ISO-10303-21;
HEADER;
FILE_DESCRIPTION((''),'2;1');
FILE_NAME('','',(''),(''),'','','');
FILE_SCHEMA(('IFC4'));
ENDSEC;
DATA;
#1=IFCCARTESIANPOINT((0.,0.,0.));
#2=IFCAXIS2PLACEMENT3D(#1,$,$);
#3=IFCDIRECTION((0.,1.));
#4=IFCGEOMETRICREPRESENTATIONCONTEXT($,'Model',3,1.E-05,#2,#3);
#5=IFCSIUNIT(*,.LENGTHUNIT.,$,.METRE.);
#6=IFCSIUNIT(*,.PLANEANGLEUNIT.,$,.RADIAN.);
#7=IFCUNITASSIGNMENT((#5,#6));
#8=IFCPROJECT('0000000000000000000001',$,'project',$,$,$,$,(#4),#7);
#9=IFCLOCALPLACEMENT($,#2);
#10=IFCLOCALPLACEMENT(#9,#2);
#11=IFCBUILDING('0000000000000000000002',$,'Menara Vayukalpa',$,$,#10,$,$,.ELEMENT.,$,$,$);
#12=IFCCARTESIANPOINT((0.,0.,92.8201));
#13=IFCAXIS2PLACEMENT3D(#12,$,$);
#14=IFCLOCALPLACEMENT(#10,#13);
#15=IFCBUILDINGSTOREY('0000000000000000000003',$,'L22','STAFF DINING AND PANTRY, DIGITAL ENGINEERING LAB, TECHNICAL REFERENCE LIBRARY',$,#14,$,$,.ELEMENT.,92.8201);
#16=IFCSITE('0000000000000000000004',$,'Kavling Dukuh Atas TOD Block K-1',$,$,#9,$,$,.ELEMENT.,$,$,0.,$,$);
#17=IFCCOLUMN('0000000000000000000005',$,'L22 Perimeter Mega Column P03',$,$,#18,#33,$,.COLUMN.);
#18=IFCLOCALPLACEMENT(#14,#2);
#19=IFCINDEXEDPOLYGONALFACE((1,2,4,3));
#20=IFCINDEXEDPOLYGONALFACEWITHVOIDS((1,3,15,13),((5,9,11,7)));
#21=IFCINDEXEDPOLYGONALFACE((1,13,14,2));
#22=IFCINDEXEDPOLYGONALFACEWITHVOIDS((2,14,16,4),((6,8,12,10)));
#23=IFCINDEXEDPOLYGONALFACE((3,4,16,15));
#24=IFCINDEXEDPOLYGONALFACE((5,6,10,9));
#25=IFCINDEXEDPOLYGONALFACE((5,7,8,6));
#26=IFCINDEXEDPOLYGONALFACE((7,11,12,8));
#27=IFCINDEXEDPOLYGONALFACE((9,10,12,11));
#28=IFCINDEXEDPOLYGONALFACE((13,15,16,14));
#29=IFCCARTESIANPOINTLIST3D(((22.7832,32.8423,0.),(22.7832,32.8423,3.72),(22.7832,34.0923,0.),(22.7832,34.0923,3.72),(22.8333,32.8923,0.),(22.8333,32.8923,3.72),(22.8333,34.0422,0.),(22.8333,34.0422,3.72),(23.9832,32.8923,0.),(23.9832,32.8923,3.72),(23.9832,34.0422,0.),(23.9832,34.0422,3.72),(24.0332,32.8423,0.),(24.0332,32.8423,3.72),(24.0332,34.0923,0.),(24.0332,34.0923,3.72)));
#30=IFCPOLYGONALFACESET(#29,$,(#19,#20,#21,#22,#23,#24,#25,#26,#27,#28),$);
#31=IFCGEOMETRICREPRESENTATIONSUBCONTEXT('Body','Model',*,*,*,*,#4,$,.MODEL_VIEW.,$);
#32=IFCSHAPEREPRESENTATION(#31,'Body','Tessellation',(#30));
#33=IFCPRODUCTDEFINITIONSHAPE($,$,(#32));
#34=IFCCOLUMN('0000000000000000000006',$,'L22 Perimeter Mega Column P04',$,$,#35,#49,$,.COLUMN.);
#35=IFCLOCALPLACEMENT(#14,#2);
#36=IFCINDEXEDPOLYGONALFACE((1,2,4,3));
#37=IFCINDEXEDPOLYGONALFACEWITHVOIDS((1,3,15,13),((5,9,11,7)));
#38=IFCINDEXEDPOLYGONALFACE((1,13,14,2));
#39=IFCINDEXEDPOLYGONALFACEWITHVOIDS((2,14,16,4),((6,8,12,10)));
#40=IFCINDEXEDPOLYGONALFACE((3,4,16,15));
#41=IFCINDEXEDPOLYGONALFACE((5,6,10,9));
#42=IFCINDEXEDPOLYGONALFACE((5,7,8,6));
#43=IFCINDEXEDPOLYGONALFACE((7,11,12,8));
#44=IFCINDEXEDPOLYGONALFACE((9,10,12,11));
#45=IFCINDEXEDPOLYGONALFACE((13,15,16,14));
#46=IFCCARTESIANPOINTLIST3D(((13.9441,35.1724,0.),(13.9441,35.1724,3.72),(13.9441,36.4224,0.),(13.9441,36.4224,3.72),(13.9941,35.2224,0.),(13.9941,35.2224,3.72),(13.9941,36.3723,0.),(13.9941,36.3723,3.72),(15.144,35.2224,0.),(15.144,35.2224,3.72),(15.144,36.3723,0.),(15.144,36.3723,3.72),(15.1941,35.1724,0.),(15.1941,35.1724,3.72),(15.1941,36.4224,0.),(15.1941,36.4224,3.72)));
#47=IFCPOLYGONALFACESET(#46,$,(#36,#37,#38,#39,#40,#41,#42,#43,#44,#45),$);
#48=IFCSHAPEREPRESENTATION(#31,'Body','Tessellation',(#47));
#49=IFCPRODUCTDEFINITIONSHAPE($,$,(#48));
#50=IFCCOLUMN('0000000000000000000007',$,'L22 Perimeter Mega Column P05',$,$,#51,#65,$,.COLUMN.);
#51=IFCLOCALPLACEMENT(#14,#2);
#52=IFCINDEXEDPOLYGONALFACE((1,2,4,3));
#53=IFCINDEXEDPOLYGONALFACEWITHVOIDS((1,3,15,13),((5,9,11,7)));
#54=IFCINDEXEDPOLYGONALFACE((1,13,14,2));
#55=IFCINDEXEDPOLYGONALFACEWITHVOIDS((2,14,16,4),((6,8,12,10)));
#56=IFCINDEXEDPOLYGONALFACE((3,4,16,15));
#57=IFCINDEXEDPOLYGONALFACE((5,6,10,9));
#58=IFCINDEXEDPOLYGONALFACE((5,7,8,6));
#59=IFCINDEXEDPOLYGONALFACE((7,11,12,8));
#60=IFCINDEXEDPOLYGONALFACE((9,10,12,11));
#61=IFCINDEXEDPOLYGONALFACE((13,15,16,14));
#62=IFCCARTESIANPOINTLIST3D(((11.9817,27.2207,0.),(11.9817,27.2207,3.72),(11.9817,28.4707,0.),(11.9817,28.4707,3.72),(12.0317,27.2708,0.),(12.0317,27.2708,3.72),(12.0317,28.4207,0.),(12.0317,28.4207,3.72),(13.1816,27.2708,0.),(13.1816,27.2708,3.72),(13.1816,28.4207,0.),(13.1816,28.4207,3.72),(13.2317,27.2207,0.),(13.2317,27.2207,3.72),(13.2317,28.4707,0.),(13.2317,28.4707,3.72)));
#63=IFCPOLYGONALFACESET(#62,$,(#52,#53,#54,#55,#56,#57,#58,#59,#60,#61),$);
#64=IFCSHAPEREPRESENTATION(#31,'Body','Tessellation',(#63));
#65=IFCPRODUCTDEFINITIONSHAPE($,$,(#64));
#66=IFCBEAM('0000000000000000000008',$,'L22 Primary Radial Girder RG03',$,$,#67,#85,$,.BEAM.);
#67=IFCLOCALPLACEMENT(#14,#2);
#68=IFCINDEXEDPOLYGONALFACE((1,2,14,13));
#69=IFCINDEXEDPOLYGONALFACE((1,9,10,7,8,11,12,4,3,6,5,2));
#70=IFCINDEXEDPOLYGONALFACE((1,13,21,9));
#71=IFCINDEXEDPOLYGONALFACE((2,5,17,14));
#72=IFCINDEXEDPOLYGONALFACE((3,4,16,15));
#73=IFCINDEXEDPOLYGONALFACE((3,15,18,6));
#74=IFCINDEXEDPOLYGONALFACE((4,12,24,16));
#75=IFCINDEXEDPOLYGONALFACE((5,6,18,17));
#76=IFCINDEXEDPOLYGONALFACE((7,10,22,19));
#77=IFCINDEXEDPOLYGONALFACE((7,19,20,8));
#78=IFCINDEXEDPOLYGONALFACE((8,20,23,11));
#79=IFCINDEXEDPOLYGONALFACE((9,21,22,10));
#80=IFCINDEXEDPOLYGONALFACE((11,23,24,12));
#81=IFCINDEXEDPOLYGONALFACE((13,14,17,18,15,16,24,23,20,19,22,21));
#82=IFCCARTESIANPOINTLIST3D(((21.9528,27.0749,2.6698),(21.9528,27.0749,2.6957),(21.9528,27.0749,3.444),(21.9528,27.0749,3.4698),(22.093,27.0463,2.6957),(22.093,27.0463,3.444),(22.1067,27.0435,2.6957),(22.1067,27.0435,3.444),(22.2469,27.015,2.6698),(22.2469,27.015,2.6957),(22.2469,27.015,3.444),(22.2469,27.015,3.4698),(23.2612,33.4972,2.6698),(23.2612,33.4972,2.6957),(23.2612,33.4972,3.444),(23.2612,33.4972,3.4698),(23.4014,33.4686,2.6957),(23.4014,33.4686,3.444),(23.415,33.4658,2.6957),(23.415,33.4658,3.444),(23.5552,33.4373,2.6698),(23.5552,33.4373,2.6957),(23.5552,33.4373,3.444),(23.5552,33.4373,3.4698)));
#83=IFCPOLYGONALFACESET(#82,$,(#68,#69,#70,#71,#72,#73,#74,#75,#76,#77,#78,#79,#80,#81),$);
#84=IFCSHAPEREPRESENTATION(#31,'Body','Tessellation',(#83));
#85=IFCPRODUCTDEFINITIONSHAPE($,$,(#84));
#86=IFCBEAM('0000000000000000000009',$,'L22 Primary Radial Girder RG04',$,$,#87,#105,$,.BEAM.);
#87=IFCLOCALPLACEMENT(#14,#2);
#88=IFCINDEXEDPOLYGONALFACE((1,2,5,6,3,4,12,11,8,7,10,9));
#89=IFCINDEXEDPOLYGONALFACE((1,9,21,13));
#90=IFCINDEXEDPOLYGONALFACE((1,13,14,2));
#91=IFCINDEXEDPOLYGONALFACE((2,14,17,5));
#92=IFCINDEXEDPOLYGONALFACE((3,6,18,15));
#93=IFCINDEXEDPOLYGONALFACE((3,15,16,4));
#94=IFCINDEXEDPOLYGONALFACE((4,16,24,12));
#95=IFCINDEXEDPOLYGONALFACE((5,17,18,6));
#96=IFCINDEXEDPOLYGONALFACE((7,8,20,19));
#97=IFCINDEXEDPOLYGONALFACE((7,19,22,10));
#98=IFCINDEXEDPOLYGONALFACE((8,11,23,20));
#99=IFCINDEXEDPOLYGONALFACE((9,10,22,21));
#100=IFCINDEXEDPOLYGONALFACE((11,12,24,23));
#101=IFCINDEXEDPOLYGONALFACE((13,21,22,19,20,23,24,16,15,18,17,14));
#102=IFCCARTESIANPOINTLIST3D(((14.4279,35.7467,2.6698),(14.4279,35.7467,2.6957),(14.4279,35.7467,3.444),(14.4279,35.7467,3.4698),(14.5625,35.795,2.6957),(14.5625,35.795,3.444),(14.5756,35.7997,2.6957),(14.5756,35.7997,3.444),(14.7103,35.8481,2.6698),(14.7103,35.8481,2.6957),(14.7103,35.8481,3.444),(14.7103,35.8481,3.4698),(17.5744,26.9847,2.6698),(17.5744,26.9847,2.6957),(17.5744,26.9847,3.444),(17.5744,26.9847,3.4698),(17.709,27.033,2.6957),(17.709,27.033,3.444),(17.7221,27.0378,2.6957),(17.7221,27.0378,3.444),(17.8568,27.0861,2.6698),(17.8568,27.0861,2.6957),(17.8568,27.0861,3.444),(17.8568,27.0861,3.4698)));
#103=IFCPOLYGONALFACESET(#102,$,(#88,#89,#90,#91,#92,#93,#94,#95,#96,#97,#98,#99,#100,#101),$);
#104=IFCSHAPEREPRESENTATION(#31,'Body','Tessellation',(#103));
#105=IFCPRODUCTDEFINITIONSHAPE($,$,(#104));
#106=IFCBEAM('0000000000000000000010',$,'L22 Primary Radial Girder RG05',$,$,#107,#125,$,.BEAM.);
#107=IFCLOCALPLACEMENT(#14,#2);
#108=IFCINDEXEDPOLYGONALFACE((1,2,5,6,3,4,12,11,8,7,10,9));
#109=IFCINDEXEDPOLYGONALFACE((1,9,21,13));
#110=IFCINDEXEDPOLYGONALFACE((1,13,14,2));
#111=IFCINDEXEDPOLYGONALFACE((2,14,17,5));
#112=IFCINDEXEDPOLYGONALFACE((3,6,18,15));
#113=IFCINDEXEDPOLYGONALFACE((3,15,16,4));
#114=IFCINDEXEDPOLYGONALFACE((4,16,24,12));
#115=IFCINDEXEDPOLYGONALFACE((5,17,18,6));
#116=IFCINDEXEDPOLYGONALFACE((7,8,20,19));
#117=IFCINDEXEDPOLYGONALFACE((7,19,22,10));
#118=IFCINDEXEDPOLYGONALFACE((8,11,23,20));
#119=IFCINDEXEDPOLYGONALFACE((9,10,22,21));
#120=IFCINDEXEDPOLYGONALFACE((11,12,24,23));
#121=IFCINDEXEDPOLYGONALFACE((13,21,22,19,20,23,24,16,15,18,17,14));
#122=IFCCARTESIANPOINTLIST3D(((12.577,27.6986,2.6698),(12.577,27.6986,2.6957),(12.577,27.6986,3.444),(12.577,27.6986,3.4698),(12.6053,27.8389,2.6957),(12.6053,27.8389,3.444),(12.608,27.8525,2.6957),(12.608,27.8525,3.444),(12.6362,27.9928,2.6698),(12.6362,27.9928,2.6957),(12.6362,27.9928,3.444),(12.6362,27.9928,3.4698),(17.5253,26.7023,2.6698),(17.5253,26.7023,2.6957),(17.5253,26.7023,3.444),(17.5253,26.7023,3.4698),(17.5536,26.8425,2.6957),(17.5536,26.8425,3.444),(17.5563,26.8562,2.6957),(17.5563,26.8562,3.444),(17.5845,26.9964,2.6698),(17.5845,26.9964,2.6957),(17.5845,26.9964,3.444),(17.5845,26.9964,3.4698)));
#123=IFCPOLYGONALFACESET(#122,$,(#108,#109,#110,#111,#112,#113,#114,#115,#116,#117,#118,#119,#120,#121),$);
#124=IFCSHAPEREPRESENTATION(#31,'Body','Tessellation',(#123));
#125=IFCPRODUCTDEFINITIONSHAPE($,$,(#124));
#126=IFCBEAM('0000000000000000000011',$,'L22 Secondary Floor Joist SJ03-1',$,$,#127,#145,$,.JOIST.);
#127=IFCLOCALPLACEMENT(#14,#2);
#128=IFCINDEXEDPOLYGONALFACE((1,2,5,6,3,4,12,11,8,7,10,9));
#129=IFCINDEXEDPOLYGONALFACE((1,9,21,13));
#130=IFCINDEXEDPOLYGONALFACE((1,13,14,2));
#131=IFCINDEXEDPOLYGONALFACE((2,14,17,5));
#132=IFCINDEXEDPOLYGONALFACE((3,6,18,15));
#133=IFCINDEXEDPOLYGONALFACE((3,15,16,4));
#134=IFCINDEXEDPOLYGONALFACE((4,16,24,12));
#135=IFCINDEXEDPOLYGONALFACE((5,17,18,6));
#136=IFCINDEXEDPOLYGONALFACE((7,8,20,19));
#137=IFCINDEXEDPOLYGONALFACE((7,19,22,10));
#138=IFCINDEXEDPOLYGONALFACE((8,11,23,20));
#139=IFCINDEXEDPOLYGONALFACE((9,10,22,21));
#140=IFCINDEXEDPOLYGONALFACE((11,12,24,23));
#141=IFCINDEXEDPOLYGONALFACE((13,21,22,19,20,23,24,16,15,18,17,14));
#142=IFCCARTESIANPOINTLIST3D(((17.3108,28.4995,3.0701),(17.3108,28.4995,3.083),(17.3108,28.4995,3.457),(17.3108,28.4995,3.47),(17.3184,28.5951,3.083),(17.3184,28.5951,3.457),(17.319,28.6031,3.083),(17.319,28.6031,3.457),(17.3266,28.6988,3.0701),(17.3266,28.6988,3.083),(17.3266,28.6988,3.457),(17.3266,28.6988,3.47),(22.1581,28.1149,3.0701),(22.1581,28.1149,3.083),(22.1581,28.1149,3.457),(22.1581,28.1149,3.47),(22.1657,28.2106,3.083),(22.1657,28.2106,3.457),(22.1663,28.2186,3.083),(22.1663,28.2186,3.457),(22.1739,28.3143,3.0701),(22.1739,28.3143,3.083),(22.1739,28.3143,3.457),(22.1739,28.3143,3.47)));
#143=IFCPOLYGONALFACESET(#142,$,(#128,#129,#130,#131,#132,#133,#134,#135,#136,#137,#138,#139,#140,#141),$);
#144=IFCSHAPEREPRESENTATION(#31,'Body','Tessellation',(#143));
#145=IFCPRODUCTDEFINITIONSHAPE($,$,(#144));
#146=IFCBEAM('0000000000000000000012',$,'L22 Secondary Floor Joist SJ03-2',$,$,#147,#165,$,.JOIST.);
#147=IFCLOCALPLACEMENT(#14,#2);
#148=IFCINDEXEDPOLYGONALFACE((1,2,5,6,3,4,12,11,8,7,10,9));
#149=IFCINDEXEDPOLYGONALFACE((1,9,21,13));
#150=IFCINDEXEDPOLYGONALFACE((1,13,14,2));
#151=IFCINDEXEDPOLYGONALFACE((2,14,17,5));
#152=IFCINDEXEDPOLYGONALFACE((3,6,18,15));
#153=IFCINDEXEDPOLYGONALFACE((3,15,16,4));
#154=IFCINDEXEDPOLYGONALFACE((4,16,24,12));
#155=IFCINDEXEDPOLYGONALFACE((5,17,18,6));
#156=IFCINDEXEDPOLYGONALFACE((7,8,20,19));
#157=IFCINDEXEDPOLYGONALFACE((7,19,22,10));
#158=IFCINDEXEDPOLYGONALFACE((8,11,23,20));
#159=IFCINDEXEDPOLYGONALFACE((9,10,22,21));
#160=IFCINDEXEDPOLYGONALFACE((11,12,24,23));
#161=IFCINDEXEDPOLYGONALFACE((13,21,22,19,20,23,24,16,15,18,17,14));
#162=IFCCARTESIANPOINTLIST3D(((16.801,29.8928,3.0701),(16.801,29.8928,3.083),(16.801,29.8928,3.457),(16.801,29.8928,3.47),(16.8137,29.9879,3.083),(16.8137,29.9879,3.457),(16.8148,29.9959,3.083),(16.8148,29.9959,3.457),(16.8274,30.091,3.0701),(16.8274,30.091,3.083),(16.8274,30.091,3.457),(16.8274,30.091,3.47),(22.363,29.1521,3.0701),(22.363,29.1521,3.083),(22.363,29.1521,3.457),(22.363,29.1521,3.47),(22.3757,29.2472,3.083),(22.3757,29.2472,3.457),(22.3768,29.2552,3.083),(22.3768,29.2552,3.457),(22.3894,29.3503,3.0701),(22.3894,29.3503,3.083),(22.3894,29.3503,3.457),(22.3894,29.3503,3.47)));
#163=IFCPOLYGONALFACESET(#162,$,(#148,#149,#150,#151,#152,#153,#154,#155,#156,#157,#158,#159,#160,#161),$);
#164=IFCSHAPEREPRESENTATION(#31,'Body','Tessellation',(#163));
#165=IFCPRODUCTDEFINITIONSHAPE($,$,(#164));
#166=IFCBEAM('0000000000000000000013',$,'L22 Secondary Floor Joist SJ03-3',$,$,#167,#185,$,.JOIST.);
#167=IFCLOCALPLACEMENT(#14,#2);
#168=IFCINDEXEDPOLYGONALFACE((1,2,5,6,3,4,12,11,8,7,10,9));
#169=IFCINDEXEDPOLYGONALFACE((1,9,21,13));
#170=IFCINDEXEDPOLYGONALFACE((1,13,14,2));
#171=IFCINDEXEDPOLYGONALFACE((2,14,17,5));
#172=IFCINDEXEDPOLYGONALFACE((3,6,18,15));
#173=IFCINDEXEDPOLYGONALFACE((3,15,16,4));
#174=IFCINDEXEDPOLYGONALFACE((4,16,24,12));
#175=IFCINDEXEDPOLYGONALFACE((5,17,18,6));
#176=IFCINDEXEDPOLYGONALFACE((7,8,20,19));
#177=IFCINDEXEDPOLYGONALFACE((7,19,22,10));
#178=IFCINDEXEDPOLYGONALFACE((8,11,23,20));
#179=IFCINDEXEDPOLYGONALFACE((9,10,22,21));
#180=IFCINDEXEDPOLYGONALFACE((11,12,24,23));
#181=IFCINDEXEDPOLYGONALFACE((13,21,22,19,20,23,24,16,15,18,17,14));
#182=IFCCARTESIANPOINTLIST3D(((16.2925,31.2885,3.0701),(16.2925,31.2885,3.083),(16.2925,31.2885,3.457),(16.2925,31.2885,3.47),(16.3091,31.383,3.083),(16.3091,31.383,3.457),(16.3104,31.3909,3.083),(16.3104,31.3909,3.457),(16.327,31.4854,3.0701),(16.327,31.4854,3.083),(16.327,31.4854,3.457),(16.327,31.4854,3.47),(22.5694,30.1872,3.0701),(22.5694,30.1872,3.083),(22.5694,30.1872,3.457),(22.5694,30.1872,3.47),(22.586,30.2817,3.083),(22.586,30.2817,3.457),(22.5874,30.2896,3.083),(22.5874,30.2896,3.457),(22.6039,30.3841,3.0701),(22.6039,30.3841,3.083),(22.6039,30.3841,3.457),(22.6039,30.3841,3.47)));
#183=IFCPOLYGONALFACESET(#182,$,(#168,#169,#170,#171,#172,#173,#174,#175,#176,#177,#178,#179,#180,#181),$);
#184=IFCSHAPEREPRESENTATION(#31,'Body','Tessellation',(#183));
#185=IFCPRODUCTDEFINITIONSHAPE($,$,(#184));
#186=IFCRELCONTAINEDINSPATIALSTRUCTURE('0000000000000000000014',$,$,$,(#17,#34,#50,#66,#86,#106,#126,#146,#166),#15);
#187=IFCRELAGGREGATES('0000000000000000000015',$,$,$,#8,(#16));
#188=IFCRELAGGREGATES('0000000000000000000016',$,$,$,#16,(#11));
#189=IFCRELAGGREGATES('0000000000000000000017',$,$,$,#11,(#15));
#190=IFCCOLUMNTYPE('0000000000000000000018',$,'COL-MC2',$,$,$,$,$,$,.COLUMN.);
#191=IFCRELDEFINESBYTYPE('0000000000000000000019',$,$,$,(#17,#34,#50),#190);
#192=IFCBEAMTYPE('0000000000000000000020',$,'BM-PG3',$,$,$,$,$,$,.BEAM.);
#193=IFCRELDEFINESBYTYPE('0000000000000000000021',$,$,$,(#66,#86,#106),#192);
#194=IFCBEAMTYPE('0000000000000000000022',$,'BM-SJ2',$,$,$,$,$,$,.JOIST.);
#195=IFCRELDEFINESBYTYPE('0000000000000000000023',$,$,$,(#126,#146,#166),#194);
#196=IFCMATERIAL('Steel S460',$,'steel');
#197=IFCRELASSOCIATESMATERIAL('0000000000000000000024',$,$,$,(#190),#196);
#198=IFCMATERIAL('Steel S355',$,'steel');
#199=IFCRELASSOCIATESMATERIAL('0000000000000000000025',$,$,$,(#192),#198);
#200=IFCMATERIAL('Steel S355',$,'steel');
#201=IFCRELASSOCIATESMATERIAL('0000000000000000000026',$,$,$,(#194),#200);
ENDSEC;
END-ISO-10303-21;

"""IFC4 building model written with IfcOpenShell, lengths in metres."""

from ifc_helpers import new_model, si_unit, direction, frame, origin, origin_2d, place, context, subcontext, project, spatial, hollow_rectangle, i_section, extrude, material, material_profile, profile_set, type_object, element, save


model = new_model("IFC4")

# Units and contexts
model_context = context("Model", 3, precision=1e-05, world=origin(), true_north=direction((0.0, 1.0)))
body_context = subcontext(model_context, "Body", "Model", "MODEL_VIEW")
ifc_project = project(units=[si_unit("LENGTHUNIT", "METRE"), si_unit("PLANEANGLEUNIT", "RADIAN")], contexts=[model_context])

# Site, building, storey
site_placement = place(None, origin())
site = spatial("IfcSite", under=ifc_project, at=site_placement, Name="Kavling Dukuh Atas TOD Block K-1", CompositionType="ELEMENT", RefElevation=0.0)
building_placement = place(site_placement, origin())
building = spatial("IfcBuilding", under=site, at=building_placement, Name="Menara Vayukalpa", CompositionType="ELEMENT")
storey_placement = place(building_placement, frame((0.0, 0.0, 92.8201)))
storey = spatial("IfcBuildingStorey", under=building, at=storey_placement, Name="L22", Description="STAFF DINING AND PANTRY, DIGITAL ENGINEERING LAB, TECHNICAL REFERENCE LIBRARY", CompositionType="ELEMENT", Elevation=92.8201)

# Columns
ifc_material_1 = material(Name="Steel S460", Category="steel")
ifc_material_profile_1 = material_profile(ifc_material_1, hollow_rectangle(XDim=1.25, YDim=1.25, WallThickness=0.05, at=origin_2d()), Name="BOX 1250x1250x50")
ifc_profile_set_1 = profile_set([ifc_material_profile_1], Name="Steel S460")
column_type = type_object("IfcColumnType", Name="COL-MC2", PredefinedType="COLUMN", material=ifc_profile_set_1)
for number, where, z_axis, x_axis, name in (
    (1, (23.4082, 33.4673, 0.0), (0.0, 0.0, 1.0), (1.0, 0.0, 0.0), "L22 Perimeter Mega Column P03"),
    (2, (14.5691, 35.7974, 0.0), (0.0, 0.0, 1.0), (1.0, 0.0, 0.0), "L22 Perimeter Mega Column P04"),
    (3, (12.6067, 27.8457, 0.0), (0.0, 0.0, 1.0), (1.0, 0.0, 0.0), "L22 Perimeter Mega Column P05"),
):
    element("IfcColumn", number, at=place(storey_placement, frame(where, z_axis=z_axis, x_axis=x_axis)), inside=storey, type_object=column_type, Name=name, PredefinedType="COLUMN", context=body_context, shape_type="SweptSolid", body=[
        extrude(hollow_rectangle(XDim=1.25, YDim=1.25, WallThickness=0.05, at=origin_2d()), origin(), (0.0, 0.0, 1.0), 3.72),
    ])

# Beams
ifc_material_2 = material(Name="Steel S355", Category="steel")
ifc_material_profile_2 = material_profile(ifc_material_2, i_section(OverallWidth=0.3, OverallDepth=0.8, WebThickness=0.0139, FlangeThickness=0.0259, at=origin_2d()), Name="WF 800x300x14x26")
ifc_profile_set_2 = profile_set([ifc_material_profile_2], Name="Steel S355")
beam_type_1 = type_object("IfcBeamType", Name="BM-PG3", PredefinedType="BEAM", material=ifc_profile_set_2)
beam_1_placement = place(storey_placement, frame((22.0999, 27.0449, 3.0698), z_axis=(0.199618, 0.979874, 0.0), x_axis=(-0.979874, 0.199618, 0.0)))
element("IfcBeam", 4, at=beam_1_placement, inside=storey, type_object=beam_type_1, Name="L22 Primary Radial Girder RG03", PredefinedType="BEAM", context=body_context, shape_type="SweptSolid", body=[
    extrude(i_section(OverallWidth=0.3, OverallDepth=0.8, WebThickness=0.0139, FlangeThickness=0.0259, at=origin_2d()), origin(), (0.0, 0.0, 1.0), 6.5542),
])
beam_2_placement = place(storey_placement, frame((17.7156, 27.0354, 3.0698), z_axis=(-0.337976, 0.941155, 0.0), x_axis=(-0.941155, -0.337976, 0.0)))
element("IfcBeam", 5, at=beam_2_placement, inside=storey, type_object=beam_type_1, Name="L22 Primary Radial Girder RG04", PredefinedType="BEAM", context=body_context, shape_type="SweptSolid", body=[
    extrude(i_section(OverallWidth=0.3, OverallDepth=0.8, WebThickness=0.0139, FlangeThickness=0.0259, at=origin_2d()), origin(), (0.0, 0.0, 1.0), 9.3098),
])
beam_3_placement = place(storey_placement, frame((17.5549, 26.8494, 3.0698), z_axis=(-0.980325, 0.19739, 0.0), x_axis=(-0.19739, -0.980325, 0.0)))
element("IfcBeam", 6, at=beam_3_placement, inside=storey, type_object=beam_type_1, Name="L22 Primary Radial Girder RG05", PredefinedType="BEAM", context=body_context, shape_type="SweptSolid", body=[
    extrude(i_section(OverallWidth=0.3, OverallDepth=0.8, WebThickness=0.0139, FlangeThickness=0.0259, at=origin_2d()), origin(), (0.0, 0.0, 1.0), 5.0476),
])
ifc_material_3 = material(Name="Steel S355", Category="steel")
ifc_material_profile_3 = material_profile(ifc_material_3, i_section(OverallWidth=0.2, OverallDepth=0.3999, WebThickness=0.0081, FlangeThickness=0.0129, at=origin_2d()), Name="WF 400x200x8x13")
ifc_profile_set_3 = profile_set([ifc_material_profile_3], Name="Steel S355")
beam_type_2 = type_object("IfcBeamType", Name="BM-SJ2", PredefinedType="JOIST", material=ifc_profile_set_3)
beam_4_placement = place(storey_placement, frame((22.166, 28.2146, 3.27), z_axis=(-0.996869, 0.079077, 0.0), x_axis=(-0.079077, -0.996869, 0.0)))
element("IfcBeam", 7, at=beam_4_placement, inside=storey, type_object=beam_type_2, Name="L22 Secondary Floor Joist SJ03-1", PredefinedType="JOIST", context=body_context, shape_type="SweptSolid", body=[
    extrude(i_section(OverallWidth=0.2, OverallDepth=0.3999, WebThickness=0.0081, FlangeThickness=0.0129, at=origin_2d()), origin(), (0.0, 0.0, 1.0), 4.8625),
])
beam_5_placement = place(storey_placement, frame((22.3762, 29.2512, 3.27), z_axis=(-0.991248, 0.13201, 0.0), x_axis=(-0.13201, -0.991248, 0.0)))
element("IfcBeam", 8, at=beam_5_placement, inside=storey, type_object=beam_type_2, Name="L22 Secondary Floor Joist SJ03-2", PredefinedType="JOIST", context=body_context, shape_type="SweptSolid", body=[
    extrude(i_section(OverallWidth=0.2, OverallDepth=0.3999, WebThickness=0.0081, FlangeThickness=0.0129, at=origin_2d()), origin(), (0.0, 0.0, 1.0), 5.6111),
])
beam_6_placement = place(storey_placement, frame((22.5867, 30.2856, 3.27), z_axis=(-0.984954, 0.172817, 0.0), x_axis=(-0.172817, -0.984954, 0.0)))
element("IfcBeam", 9, at=beam_6_placement, inside=storey, type_object=beam_type_2, Name="L22 Secondary Floor Joist SJ03-3", PredefinedType="JOIST", context=body_context, shape_type="SweptSolid", body=[
    extrude(i_section(OverallWidth=0.2, OverallDepth=0.3999, WebThickness=0.0081, FlangeThickness=0.0129, at=origin_2d()), origin(), (0.0, 0.0, 1.0), 6.3728),
])

save(model, "model.ifc")
